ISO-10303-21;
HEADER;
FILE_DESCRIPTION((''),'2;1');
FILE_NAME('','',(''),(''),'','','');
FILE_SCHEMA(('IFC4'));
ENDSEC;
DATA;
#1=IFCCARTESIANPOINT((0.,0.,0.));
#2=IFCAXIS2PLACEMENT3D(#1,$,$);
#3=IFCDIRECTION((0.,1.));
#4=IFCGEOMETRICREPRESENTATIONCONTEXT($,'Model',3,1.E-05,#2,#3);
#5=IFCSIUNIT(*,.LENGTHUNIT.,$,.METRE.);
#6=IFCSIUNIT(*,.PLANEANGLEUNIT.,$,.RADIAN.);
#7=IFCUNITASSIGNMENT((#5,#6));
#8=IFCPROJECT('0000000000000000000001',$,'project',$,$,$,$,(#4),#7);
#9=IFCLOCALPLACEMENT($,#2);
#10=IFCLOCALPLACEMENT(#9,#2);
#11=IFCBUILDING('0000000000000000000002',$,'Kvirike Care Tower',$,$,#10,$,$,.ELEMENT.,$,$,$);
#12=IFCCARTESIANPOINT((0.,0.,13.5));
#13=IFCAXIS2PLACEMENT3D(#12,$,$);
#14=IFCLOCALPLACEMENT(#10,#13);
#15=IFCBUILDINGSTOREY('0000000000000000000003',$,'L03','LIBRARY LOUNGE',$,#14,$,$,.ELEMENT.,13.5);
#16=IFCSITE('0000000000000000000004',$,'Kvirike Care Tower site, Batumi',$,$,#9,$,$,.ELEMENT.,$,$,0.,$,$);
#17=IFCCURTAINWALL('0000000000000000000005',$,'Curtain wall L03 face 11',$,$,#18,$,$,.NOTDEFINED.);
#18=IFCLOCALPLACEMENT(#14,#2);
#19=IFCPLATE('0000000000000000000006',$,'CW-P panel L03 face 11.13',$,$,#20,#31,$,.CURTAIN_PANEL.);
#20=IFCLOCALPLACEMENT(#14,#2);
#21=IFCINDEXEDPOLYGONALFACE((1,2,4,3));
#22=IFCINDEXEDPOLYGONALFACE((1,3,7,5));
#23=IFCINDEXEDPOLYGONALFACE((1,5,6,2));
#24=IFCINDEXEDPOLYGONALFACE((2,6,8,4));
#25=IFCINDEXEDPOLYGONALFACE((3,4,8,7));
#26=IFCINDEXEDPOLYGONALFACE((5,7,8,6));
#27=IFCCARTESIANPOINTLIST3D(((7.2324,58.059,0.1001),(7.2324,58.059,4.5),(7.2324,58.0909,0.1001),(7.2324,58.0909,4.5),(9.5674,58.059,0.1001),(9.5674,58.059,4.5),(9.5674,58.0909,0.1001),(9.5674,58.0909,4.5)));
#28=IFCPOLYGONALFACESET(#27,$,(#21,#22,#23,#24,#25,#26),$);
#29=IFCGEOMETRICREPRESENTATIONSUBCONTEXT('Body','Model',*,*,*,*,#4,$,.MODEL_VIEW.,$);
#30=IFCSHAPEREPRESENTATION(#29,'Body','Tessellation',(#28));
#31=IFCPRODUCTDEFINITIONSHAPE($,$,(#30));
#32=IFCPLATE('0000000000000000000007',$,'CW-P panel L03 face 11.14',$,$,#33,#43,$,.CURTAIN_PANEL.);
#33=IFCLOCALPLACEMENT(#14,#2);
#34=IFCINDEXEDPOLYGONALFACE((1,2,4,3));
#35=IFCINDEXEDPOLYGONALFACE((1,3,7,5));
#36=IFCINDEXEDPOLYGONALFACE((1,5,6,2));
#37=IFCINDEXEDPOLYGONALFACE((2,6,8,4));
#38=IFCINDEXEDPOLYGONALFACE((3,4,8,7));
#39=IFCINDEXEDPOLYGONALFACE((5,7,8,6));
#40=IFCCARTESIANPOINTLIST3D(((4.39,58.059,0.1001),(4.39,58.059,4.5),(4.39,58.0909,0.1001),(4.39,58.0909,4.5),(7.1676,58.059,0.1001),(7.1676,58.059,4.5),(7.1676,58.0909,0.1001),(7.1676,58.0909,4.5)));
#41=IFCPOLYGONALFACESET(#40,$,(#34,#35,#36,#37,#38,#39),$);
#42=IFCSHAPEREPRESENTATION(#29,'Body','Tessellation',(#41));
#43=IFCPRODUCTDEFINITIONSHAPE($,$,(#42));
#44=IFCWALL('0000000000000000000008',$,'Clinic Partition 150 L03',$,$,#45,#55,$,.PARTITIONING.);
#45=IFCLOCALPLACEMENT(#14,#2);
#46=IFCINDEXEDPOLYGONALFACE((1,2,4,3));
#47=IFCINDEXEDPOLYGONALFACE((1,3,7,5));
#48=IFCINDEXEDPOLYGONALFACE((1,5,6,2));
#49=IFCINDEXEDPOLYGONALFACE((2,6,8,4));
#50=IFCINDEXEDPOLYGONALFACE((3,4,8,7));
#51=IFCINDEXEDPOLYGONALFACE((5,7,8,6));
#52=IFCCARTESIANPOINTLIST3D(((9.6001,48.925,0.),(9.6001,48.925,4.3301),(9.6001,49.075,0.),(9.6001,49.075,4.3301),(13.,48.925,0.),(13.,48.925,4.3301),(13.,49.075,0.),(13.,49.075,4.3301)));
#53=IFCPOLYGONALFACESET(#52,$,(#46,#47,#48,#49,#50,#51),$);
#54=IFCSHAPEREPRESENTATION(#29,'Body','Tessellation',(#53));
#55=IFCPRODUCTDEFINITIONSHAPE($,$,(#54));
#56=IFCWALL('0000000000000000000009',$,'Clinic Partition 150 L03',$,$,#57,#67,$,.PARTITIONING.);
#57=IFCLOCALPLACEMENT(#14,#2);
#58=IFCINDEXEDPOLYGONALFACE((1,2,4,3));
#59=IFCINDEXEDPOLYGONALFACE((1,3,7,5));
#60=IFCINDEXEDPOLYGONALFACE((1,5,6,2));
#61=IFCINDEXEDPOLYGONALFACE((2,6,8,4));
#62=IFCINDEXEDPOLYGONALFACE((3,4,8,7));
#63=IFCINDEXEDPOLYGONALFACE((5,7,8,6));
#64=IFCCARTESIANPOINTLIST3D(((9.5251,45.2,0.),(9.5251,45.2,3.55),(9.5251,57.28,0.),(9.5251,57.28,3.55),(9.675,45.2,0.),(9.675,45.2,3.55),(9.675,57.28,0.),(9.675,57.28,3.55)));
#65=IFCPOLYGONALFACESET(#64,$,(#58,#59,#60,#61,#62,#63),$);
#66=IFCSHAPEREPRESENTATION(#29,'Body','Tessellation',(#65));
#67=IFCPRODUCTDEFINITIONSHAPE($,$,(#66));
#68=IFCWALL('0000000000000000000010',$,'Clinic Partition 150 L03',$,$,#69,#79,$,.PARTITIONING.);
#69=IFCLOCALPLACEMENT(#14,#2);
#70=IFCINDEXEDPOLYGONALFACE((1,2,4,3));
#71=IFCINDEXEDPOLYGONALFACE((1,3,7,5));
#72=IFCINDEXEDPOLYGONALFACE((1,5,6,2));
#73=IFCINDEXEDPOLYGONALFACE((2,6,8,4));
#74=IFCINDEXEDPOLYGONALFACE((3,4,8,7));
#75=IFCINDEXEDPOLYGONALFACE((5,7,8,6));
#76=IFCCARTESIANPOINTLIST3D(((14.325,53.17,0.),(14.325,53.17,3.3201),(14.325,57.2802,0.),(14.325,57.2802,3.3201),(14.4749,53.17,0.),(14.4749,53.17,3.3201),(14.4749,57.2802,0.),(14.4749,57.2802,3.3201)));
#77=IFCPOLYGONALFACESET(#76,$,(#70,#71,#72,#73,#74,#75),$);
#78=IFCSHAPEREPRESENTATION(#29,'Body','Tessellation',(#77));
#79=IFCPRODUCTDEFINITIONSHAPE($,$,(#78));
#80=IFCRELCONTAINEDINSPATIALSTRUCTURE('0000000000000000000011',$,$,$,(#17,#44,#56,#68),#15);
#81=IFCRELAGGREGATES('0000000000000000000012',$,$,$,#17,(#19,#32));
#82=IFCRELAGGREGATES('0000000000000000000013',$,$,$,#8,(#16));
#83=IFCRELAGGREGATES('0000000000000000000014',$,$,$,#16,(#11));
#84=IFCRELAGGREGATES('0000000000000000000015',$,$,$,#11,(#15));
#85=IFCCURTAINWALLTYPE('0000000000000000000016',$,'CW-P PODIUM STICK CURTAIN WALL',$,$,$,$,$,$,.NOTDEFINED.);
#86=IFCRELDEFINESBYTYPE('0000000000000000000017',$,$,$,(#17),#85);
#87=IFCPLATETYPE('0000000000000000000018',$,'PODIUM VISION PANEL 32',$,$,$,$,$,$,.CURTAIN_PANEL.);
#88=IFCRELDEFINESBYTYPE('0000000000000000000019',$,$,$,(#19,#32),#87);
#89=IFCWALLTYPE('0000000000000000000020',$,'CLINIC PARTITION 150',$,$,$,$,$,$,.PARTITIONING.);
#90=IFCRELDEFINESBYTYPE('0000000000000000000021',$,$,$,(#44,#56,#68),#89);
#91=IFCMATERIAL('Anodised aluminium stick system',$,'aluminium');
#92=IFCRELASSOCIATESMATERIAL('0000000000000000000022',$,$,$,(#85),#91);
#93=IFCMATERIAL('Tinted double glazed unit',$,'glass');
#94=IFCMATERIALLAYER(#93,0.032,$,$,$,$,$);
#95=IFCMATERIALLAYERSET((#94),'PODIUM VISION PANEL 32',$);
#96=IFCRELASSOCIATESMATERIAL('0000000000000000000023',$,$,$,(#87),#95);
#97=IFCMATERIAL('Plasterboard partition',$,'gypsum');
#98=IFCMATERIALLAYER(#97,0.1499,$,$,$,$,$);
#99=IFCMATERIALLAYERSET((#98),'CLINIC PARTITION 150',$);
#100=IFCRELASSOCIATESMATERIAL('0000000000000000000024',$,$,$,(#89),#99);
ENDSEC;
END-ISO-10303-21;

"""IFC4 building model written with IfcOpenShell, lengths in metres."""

from ifc_helpers import new_model, si_unit, direction, frame, frame_2d, origin, origin_2d, place, context, subcontext, project, spatial, rectangle, extrude, material, layer, layer_set, type_object, element, aggregate, save


model = new_model("IFC4")

# Units and contexts
model_context = context("Model", 3, precision=1e-05, world=origin(), true_north=direction((0.0, 1.0)))
body_context = subcontext(model_context, "Body", "Model", "MODEL_VIEW")
ifc_project = project(units=[si_unit("LENGTHUNIT", "METRE"), si_unit("PLANEANGLEUNIT", "RADIAN")], contexts=[model_context])

# Site, building, storey
site_placement = place(None, origin())
site = spatial("IfcSite", under=ifc_project, at=site_placement, Name="Kvirike Care Tower site, Batumi", CompositionType="ELEMENT", RefElevation=0.0)
building_placement = place(site_placement, origin())
building = spatial("IfcBuilding", under=site, at=building_placement, Name="Kvirike Care Tower", CompositionType="ELEMENT")
storey_placement = place(building_placement, frame((0.0, 0.0, 13.5)))
storey = spatial("IfcBuildingStorey", under=building, at=storey_placement, Name="L03", Description="LIBRARY LOUNGE", CompositionType="ELEMENT", Elevation=13.5)

# Curtain wall
ifc_material_1 = material(Name="Anodised aluminium stick system", Category="aluminium")
curtain_wall_type = type_object("IfcCurtainWallType", Name="CW-P PODIUM STICK CURTAIN WALL", PredefinedType="NOTDEFINED", material=ifc_material_1)
curtain_wall_placement = place(storey_placement, origin())
curtain_wall = element("IfcCurtainWall", 1, at=curtain_wall_placement, inside=storey, type_object=curtain_wall_type, Name="Curtain wall L03 face 11", PredefinedType="NOTDEFINED")

# Plates
ifc_material_2 = material(Name="Tinted double glazed unit", Category="glass")
ifc_layer_1 = layer(ifc_material_2, 0.032)
ifc_layer_set_1 = layer_set([ifc_layer_1], Name="PODIUM VISION PANEL 32")
plate_type = type_object("IfcPlateType", Name="PODIUM VISION PANEL 32", PredefinedType="CURTAIN_PANEL", material=ifc_layer_set_1)
plate_1_placement = place(storey_placement, frame((8.3999, 58.075, 0.1001), z_axis=(0.0, 0.0, 1.0), x_axis=(-1.0, 0.0, 0.0)))
plate_1 = element("IfcPlate", 2, at=plate_1_placement, type_object=plate_type, Name="CW-P panel L03 face 11.13", PredefinedType="CURTAIN_PANEL", context=body_context, shape_type="SweptSolid", body=[
    extrude(rectangle(XDim=2.335, YDim=0.032, at=origin_2d()), origin(), (0.0, 0.0, 1.0), 4.3999),
])
plate_2_placement = place(storey_placement, frame((5.7788, 58.075, 0.1001), z_axis=(0.0, 0.0, 1.0), x_axis=(-1.0, 0.0, 0.0)))
plate_2 = element("IfcPlate", 3, at=plate_2_placement, type_object=plate_type, Name="CW-P panel L03 face 11.14", PredefinedType="CURTAIN_PANEL", context=body_context, shape_type="SweptSolid", body=[
    extrude(rectangle(XDim=2.7776, YDim=0.032, at=origin_2d()), origin(), (0.0, 0.0, 1.0), 4.3999),
])
aggregate(curtain_wall, [plate_1, plate_2])

# Walls
ifc_material_3 = material(Name="Plasterboard partition", Category="gypsum")
ifc_layer_2 = layer(ifc_material_3, 0.1499)
ifc_layer_set_2 = layer_set([ifc_layer_2], Name="CLINIC PARTITION 150")
wall_type = type_object("IfcWallType", Name="CLINIC PARTITION 150", PredefinedType="PARTITIONING", material=ifc_layer_set_2)
wall_1_placement = place(storey_placement, frame((13.0, 49.0, 0.0), z_axis=(0.0, 0.0, 1.0), x_axis=(-1.0, 0.0, 0.0)))
element("IfcWall", 4, at=wall_1_placement, inside=storey, type_object=wall_type, Name="Clinic Partition 150 L03", PredefinedType="PARTITIONING", context=body_context, shape_type="SweptSolid", body=[
    extrude(rectangle(XDim=3.3999, YDim=0.1499, at=frame_2d((1.7, 0.0))), origin(), (0.0, 0.0, 1.0), 4.3301),
])
wall_2_placement = place(storey_placement, frame((9.6001, 57.28, 0.0), z_axis=(0.0, 0.0, 1.0), x_axis=(0.0, -1.0, 0.0)))
element("IfcWall", 5, at=wall_2_placement, inside=storey, type_object=wall_type, Name="Clinic Partition 150 L03", PredefinedType="PARTITIONING", context=body_context, shape_type="SweptSolid", body=[
    extrude(rectangle(XDim=12.0801, YDim=0.1499, at=frame_2d((6.04, 0.0))), origin(), (0.0, 0.0, 1.0), 3.55),
])
wall_3_placement = place(storey_placement, frame((14.3999, 53.1699, 0.0), z_axis=(0.0, 0.0, 1.0), x_axis=(0.0, 1.0, 0.0)))
element("IfcWall", 6, at=wall_3_placement, inside=storey, type_object=wall_type, Name="Clinic Partition 150 L03", PredefinedType="PARTITIONING", context=body_context, shape_type="SweptSolid", body=[
    extrude(rectangle(XDim=4.1101, YDim=0.1499, at=frame_2d((2.0552, 0.0))), origin(), (0.0, 0.0, 1.0), 3.3201),
])

save(model, "model.ifc")
